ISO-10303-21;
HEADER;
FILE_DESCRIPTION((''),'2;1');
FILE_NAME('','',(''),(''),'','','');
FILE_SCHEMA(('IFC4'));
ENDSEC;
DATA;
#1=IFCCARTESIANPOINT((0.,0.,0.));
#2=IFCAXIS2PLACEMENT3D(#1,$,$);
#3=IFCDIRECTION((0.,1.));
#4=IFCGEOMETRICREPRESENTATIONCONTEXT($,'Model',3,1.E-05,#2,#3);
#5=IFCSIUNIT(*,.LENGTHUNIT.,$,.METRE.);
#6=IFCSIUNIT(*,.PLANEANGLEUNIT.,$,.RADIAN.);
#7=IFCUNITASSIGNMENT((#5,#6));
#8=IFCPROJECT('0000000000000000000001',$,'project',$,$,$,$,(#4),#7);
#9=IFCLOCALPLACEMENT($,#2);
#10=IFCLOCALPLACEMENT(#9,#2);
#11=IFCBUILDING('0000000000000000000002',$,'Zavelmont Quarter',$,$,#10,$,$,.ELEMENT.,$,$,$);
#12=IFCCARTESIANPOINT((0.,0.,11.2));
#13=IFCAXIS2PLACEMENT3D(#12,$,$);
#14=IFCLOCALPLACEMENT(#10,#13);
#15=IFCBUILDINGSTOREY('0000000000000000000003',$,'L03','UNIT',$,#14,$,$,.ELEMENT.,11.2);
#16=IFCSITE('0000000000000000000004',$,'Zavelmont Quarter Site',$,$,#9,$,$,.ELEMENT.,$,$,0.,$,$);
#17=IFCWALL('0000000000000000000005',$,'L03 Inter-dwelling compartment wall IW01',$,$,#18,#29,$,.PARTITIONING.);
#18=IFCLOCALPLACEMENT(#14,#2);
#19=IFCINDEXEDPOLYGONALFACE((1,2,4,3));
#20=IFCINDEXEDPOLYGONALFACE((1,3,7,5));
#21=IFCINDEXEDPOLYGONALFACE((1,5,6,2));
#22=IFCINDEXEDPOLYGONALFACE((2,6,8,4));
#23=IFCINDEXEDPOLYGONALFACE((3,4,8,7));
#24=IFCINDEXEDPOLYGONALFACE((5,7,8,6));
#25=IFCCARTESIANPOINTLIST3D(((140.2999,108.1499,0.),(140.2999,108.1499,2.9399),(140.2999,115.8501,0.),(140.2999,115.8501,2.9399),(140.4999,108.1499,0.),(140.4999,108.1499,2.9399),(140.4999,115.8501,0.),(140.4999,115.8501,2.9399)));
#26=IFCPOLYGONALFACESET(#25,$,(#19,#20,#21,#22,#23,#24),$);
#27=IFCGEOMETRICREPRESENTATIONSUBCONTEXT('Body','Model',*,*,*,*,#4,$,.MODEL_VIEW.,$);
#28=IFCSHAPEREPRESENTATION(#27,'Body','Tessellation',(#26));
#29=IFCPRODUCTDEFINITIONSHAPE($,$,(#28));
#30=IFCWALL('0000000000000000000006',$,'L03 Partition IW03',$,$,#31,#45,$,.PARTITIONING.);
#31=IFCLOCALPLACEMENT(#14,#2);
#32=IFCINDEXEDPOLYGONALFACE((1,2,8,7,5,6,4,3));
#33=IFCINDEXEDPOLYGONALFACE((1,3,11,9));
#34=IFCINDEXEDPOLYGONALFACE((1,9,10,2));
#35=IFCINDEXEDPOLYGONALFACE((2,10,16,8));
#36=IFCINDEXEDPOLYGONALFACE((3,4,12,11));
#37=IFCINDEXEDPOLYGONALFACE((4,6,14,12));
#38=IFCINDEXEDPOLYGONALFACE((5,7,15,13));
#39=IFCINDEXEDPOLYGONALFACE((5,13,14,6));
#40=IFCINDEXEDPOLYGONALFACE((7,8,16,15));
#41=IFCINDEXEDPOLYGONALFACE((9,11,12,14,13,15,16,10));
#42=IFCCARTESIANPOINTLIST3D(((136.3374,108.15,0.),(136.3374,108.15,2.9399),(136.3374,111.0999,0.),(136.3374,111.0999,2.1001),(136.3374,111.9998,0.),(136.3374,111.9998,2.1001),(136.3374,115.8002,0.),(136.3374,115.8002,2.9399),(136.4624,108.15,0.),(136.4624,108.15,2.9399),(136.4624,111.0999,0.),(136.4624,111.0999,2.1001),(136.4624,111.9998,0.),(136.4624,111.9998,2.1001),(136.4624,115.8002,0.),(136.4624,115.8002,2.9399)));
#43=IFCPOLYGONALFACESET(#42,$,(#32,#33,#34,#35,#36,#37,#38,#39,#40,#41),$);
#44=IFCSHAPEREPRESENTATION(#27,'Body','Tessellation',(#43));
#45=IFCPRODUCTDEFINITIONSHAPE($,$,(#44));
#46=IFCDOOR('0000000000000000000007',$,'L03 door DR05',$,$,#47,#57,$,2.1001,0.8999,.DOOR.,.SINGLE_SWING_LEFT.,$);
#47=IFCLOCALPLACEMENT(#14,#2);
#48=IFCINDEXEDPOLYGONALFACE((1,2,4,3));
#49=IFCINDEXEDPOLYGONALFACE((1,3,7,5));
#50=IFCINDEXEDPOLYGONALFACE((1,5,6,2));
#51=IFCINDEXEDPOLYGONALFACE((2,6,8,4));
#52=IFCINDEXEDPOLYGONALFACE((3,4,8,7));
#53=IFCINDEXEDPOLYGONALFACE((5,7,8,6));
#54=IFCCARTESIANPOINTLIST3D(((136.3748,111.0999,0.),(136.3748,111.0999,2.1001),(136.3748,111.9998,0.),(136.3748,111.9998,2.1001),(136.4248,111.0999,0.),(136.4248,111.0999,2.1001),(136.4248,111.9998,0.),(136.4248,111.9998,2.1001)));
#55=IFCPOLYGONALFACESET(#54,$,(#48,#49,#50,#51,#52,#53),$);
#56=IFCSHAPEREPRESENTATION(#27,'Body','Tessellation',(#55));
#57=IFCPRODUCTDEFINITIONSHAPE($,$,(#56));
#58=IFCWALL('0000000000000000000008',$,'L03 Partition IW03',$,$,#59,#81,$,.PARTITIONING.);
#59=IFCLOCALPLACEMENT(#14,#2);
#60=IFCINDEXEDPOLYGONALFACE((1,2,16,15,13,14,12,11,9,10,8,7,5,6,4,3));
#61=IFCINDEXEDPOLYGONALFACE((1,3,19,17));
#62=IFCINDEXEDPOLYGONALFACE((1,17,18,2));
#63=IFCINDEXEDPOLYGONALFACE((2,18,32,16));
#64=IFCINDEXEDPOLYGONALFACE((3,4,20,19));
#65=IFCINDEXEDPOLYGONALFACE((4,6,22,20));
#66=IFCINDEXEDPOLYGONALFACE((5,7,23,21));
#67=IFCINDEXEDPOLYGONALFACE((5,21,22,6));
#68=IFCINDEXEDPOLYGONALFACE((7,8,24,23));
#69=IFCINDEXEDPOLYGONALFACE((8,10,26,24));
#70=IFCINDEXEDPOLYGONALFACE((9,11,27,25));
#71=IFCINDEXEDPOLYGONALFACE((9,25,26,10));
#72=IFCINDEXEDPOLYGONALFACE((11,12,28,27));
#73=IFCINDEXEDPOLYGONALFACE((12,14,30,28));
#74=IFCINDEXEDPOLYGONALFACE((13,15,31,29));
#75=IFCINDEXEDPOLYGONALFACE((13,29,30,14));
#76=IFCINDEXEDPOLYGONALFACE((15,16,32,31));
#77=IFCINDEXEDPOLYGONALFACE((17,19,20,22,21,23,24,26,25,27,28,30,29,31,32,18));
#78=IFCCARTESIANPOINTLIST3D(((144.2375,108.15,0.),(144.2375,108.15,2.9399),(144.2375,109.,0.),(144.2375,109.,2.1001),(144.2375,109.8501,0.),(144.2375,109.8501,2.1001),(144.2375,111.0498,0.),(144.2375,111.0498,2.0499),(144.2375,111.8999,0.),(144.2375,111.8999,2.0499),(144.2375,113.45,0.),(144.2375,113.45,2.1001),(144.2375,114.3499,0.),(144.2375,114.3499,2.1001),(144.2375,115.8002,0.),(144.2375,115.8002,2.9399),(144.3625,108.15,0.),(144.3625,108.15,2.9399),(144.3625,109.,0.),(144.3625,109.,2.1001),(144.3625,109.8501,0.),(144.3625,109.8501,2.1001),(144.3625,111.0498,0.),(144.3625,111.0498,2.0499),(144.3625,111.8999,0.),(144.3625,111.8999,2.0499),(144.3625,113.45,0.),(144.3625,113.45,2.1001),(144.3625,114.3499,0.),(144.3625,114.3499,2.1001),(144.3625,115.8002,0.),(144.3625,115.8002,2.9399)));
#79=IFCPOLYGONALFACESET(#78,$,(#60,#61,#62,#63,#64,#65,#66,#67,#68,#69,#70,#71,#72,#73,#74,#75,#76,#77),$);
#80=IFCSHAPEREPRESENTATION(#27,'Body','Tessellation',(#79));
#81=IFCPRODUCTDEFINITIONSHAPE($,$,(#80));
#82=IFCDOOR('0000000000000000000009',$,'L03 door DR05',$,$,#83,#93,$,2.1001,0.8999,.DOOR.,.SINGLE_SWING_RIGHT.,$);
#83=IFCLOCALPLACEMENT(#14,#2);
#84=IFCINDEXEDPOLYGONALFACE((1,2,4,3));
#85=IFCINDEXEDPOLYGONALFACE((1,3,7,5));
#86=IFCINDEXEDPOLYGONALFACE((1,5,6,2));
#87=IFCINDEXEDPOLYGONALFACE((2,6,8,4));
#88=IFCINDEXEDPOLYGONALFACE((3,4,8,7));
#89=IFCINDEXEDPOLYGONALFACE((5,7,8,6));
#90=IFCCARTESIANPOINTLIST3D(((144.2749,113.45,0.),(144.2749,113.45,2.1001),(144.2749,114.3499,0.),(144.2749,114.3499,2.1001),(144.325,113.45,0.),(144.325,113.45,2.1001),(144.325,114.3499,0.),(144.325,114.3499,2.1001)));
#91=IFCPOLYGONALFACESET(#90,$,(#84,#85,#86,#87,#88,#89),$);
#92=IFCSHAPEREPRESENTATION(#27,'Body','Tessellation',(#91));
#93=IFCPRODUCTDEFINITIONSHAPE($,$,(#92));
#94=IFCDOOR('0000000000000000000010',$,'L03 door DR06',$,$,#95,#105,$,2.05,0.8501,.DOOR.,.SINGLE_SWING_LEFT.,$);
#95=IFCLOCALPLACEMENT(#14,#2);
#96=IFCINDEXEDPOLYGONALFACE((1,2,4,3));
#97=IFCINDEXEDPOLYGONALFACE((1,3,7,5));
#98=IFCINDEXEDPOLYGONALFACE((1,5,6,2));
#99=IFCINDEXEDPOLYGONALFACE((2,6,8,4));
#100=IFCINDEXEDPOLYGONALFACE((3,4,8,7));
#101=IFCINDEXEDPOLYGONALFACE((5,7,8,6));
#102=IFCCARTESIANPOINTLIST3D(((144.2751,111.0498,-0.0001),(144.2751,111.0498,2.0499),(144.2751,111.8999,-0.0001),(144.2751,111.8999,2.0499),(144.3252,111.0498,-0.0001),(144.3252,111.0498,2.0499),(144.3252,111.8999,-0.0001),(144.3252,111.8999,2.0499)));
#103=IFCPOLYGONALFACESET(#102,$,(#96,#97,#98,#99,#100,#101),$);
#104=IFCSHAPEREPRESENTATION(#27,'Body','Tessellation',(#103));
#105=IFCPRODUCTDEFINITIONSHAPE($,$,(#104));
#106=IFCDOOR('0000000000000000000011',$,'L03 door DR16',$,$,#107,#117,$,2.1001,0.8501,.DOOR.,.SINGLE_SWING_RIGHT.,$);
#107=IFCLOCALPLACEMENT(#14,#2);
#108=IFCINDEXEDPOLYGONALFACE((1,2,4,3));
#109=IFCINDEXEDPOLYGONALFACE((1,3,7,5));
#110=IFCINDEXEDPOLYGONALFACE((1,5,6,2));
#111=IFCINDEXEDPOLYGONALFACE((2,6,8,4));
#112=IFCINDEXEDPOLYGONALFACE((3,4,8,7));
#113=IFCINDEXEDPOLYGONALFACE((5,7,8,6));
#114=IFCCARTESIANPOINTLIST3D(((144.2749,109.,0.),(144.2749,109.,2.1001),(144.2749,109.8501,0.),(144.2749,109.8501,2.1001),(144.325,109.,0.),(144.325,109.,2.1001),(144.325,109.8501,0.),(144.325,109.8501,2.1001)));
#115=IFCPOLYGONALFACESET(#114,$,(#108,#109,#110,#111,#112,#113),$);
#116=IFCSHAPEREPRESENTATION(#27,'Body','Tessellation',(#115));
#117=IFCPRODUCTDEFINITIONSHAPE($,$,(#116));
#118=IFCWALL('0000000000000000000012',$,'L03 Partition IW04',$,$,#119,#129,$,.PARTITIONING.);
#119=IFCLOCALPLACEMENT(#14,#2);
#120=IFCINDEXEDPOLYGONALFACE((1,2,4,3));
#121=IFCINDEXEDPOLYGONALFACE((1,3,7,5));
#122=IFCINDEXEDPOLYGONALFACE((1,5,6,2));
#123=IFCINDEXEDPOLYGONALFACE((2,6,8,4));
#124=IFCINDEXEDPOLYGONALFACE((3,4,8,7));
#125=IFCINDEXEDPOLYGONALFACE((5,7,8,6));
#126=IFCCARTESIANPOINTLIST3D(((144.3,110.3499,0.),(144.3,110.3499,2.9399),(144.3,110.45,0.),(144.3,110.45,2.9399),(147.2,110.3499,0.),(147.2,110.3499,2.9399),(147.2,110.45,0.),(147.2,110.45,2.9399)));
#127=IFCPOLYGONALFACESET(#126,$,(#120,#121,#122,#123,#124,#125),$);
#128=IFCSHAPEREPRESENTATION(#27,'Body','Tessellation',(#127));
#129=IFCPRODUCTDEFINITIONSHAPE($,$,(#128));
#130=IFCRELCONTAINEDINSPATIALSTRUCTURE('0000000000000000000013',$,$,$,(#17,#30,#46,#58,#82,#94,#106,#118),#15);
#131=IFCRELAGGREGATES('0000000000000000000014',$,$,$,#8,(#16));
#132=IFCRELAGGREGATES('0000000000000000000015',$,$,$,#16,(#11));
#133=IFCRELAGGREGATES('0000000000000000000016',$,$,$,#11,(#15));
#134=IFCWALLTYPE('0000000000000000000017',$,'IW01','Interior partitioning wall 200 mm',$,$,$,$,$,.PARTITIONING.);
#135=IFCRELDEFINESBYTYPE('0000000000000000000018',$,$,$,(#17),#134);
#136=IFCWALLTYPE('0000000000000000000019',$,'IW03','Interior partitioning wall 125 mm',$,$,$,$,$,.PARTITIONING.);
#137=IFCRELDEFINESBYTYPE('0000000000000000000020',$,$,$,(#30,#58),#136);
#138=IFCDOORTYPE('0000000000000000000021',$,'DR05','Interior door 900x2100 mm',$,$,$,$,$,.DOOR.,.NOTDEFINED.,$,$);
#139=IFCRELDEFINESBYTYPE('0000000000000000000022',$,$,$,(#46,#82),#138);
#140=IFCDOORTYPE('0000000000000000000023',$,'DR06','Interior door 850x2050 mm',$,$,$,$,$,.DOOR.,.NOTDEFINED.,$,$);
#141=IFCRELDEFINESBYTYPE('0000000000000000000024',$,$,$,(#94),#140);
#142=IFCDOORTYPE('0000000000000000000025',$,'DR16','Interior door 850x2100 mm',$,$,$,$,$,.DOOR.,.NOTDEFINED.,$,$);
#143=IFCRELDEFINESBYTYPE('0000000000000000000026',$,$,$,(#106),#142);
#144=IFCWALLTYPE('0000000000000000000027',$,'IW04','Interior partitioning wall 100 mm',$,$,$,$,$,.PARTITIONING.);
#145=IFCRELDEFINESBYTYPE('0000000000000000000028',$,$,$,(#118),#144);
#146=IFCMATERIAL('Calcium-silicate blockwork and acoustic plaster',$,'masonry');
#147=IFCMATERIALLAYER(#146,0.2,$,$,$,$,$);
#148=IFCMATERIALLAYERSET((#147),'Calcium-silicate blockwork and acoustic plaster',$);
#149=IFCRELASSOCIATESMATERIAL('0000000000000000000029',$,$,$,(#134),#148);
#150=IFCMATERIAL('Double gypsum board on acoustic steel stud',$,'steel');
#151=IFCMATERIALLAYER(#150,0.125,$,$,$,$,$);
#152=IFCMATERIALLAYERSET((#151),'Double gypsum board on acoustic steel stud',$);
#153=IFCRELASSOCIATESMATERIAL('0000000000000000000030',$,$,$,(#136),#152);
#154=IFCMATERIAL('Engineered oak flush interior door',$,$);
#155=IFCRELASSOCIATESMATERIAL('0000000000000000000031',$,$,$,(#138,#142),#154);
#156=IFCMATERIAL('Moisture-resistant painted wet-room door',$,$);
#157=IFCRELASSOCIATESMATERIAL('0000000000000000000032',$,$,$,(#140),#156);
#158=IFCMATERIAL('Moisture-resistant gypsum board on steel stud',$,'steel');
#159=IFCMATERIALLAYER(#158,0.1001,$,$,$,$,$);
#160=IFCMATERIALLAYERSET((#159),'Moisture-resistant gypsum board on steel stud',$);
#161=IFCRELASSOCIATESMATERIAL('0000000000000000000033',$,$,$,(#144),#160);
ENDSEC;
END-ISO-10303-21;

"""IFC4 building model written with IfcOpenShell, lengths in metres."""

from ifc_helpers import new_model, si_unit, direction, frame, frame_2d, origin, origin_with_axes, place, context, subcontext, project, spatial, rectangle, extrude, material, layer, layer_set, type_object, element, fill, save


model = new_model("IFC4")

# Units and contexts
model_context = context("Model", 3, precision=1e-05, world=origin(), true_north=direction((0.0, 1.0)))
body_context = subcontext(model_context, "Body", "Model", "MODEL_VIEW")
ifc_project = project(units=[si_unit("LENGTHUNIT", "METRE"), si_unit("PLANEANGLEUNIT", "RADIAN")], contexts=[model_context])

# Site, building, storey
site_placement = place(None, origin())
site = spatial("IfcSite", under=ifc_project, at=site_placement, Name="Zavelmont Quarter Site", CompositionType="ELEMENT", RefElevation=0.0)
building_placement = place(site_placement, origin())
building = spatial("IfcBuilding", under=site, at=building_placement, Name="Zavelmont Quarter", CompositionType="ELEMENT")
storey_placement = place(building_placement, frame((0.0, 0.0, 11.2)))
storey = spatial("IfcBuildingStorey", under=building, at=storey_placement, Name="L03", Description="UNIT", CompositionType="ELEMENT", Elevation=11.2)

# Wall
ifc_material_1 = material(Name="Calcium-silicate blockwork and acoustic plaster", Category="masonry")
ifc_layer_1 = layer(ifc_material_1, 0.2)
ifc_layer_set_1 = layer_set([ifc_layer_1], Name="Calcium-silicate blockwork and acoustic plaster")
wall_type_1 = type_object("IfcWallType", Name="IW01", Description="Interior partitioning wall 200 mm", PredefinedType="PARTITIONING", material=ifc_layer_set_1)
wall_1_placement = place(storey_placement, frame((140.3999, 108.1499, 0.0), z_axis=(0.0, 0.0, 1.0), x_axis=(0.0, 1.0, 0.0)))
element("IfcWall", 1, at=wall_1_placement, inside=storey, type_object=wall_type_1, Name="L03 Inter-dwelling compartment wall IW01", PredefinedType="PARTITIONING", context=body_context, shape_type="SweptSolid", body=[
    extrude(rectangle(XDim=7.7002, YDim=0.2, at=frame_2d((3.8501, 0.0))), origin(), (0.0, 0.0, 1.0), 2.9399),
])

# Wall, opening, door
ifc_material_2 = material(Name="Double gypsum board on acoustic steel stud", Category="steel")
ifc_layer_2 = layer(ifc_material_2, 0.125)
ifc_layer_set_2 = layer_set([ifc_layer_2], Name="Double gypsum board on acoustic steel stud")
wall_type_2 = type_object("IfcWallType", Name="IW03", Description="Interior partitioning wall 125 mm", PredefinedType="PARTITIONING", material=ifc_layer_set_2)
wall_2_placement = place(storey_placement, frame((136.3999, 108.1499, 0.0), z_axis=(0.0, 0.0, 1.0), x_axis=(0.0, 1.0, 0.0)))
wall_2 = element("IfcWall", 2, at=wall_2_placement, inside=storey, type_object=wall_type_2, Name="L03 Partition IW03", PredefinedType="PARTITIONING", context=body_context, shape_type="SweptSolid", body=[
    extrude(rectangle(XDim=7.6501, YDim=0.125, at=frame_2d((3.8252, 0.0))), origin(), (0.0, 0.0, 1.0), 2.9399),
])
opening_1_placement = place(wall_2_placement, frame((2.95, 0.0, 0.0)))
opening_1 = element("IfcOpeningElement", 3, at=opening_1_placement, cuts=wall_2, PredefinedType="OPENING", context=body_context, shape_type="SweptSolid", body=[
    extrude(rectangle(XDim=0.8999, YDim=2.1001, at=frame_2d((0.45, 1.05))), frame((0.0, 0.0745, 0.0), z_axis=(0.0, -1.0, 0.0), x_axis=(1.0, 0.0, 0.0)), (0.0, 0.0, 1.0), 0.1489),
])
ifc_material_3 = material(Name="Engineered oak flush interior door")
door_type_1 = type_object("IfcDoorType", Name="DR05", Description="Interior door 900x2100 mm", OperationType="NOTDEFINED", PredefinedType="DOOR", material=ifc_material_3)
door_1_placement = place(opening_1_placement, frame((0.8999, 0.0, 0.0), z_axis=(0.0, 0.0, 1.0), x_axis=(-1.0, 0.0, 0.0)))
door_1 = element("IfcDoor", 4, at=door_1_placement, inside=storey, type_object=door_type_1, Name="L03 door DR05", OperationType="SINGLE_SWING_LEFT", OverallHeight=2.1001, OverallWidth=0.8999, PredefinedType="DOOR", context=body_context, shape_type="SweptSolid", body=[
    extrude(rectangle(XDim=0.8999, YDim=2.1001, at=frame_2d((0.45, 1.05))), frame((0.0, 0.0249, 0.0), z_axis=(0.0, -1.0, 0.0), x_axis=(1.0, 0.0, 0.0)), (0.0, 0.0, 1.0), 0.05),
])
fill(opening_1, door_1)

# Wall, openings, doors
wall_3_placement = place(storey_placement, frame((144.3, 108.1499, 0.0), z_axis=(0.0, 0.0, 1.0), x_axis=(0.0, 1.0, 0.0)))
wall_3 = element("IfcWall", 5, at=wall_3_placement, inside=storey, type_object=wall_type_2, Name="L03 Partition IW03", PredefinedType="PARTITIONING", context=body_context, shape_type="SweptSolid", body=[
    extrude(rectangle(XDim=7.6501, YDim=0.125, at=frame_2d((3.8252, 0.0))), origin(), (0.0, 0.0, 1.0), 2.9399),
])
opening_2_placement = place(wall_3_placement, frame((0.8501, 0.0, 0.0)))
opening_2 = element("IfcOpeningElement", 6, at=opening_2_placement, cuts=wall_3, PredefinedType="OPENING", context=body_context, shape_type="SweptSolid", body=[
    extrude(rectangle(XDim=0.8501, YDim=2.1001, at=frame_2d((0.425, 1.05))), frame((0.0, 0.0745, 0.0), z_axis=(0.0, -1.0, 0.0), x_axis=(1.0, 0.0, 0.0)), (0.0, 0.0, 1.0), 0.1489),
])
opening_3_placement = place(wall_3_placement, frame((2.8999, 0.0, 0.0)))
opening_3 = element("IfcOpeningElement", 7, at=opening_3_placement, cuts=wall_3, PredefinedType="OPENING", context=body_context, shape_type="SweptSolid", body=[
    extrude(rectangle(XDim=0.8501, YDim=2.05, at=frame_2d((0.425, 1.0249))), frame((0.0, 0.0745, 0.0), z_axis=(0.0, -1.0, 0.0), x_axis=(1.0, 0.0, 0.0)), (0.0, 0.0, 1.0), 0.1489),
])
opening_4_placement = place(wall_3_placement, frame((5.3, 0.0, 0.0)))
opening_4 = element("IfcOpeningElement", 8, at=opening_4_placement, cuts=wall_3, PredefinedType="OPENING", context=body_context, shape_type="SweptSolid", body=[
    extrude(rectangle(XDim=0.8999, YDim=2.1001, at=frame_2d((0.45, 1.05))), frame((0.0, 0.0745, 0.0), z_axis=(0.0, -1.0, 0.0), x_axis=(1.0, 0.0, 0.0)), (0.0, 0.0, 1.0), 0.1489),
])
door_2_placement = place(opening_4_placement, frame((0.8999, 0.0, 0.0), z_axis=(0.0, 0.0, 1.0), x_axis=(-1.0, 0.0, 0.0)))
door_2 = element("IfcDoor", 9, at=door_2_placement, inside=storey, type_object=door_type_1, Name="L03 door DR05", OperationType="SINGLE_SWING_RIGHT", OverallHeight=2.1001, OverallWidth=0.8999, PredefinedType="DOOR", context=body_context, shape_type="SweptSolid", body=[
    extrude(rectangle(XDim=0.8999, YDim=2.1001, at=frame_2d((0.45, 1.05))), frame((0.0, 0.0249, 0.0), z_axis=(0.0, -1.0, 0.0), x_axis=(1.0, 0.0, 0.0)), (0.0, 0.0, 1.0), 0.05),
])
fill(opening_4, door_2)
ifc_material_4 = material(Name="Moisture-resistant painted wet-room door")
door_type_2 = type_object("IfcDoorType", Name="DR06", Description="Interior door 850x2050 mm", OperationType="NOTDEFINED", PredefinedType="DOOR", material=ifc_material_4)
door_3_placement = place(opening_3_placement, origin_with_axes())
door_3 = element("IfcDoor", 10, at=door_3_placement, inside=storey, type_object=door_type_2, Name="L03 door DR06", OperationType="SINGLE_SWING_LEFT", OverallHeight=2.05, OverallWidth=0.8501, PredefinedType="DOOR", context=body_context, shape_type="SweptSolid", body=[
    extrude(rectangle(XDim=0.8501, YDim=2.05, at=frame_2d((0.425, 1.0249))), frame((0.0, 0.0249, 0.0), z_axis=(0.0, -1.0, 0.0), x_axis=(1.0, 0.0, 0.0)), (0.0, 0.0, 1.0), 0.05),
])
fill(opening_3, door_3)
door_type_3 = type_object("IfcDoorType", Name="DR16", Description="Interior door 850x2100 mm", OperationType="NOTDEFINED", PredefinedType="DOOR", material=ifc_material_3)
door_4_placement = place(opening_2_placement, frame((0.8501, 0.0, 0.0), z_axis=(0.0, 0.0, 1.0), x_axis=(-1.0, 0.0, 0.0)))
door_4 = element("IfcDoor", 11, at=door_4_placement, inside=storey, type_object=door_type_3, Name="L03 door DR16", OperationType="SINGLE_SWING_RIGHT", OverallHeight=2.1001, OverallWidth=0.8501, PredefinedType="DOOR", context=body_context, shape_type="SweptSolid", body=[
    extrude(rectangle(XDim=0.8501, YDim=2.1001, at=frame_2d((0.425, 1.05))), frame((0.0, 0.0249, 0.0), z_axis=(0.0, -1.0, 0.0), x_axis=(1.0, 0.0, 0.0)), (0.0, 0.0, 1.0), 0.05),
])
fill(opening_2, door_4)

# Wall
ifc_material_5 = material(Name="Moisture-resistant gypsum board on steel stud", Category="steel")
ifc_layer_3 = layer(ifc_material_5, 0.1001)
ifc_layer_set_3 = layer_set([ifc_layer_3], Name="Moisture-resistant gypsum board on steel stud")
wall_type_3 = type_object("IfcWallType", Name="IW04", Description="Interior partitioning wall 100 mm", PredefinedType="PARTITIONING", material=ifc_layer_set_3)
wall_4_placement = place(storey_placement, frame((144.3, 110.3999, 0.0), z_axis=(0.0, 0.0, 1.0), x_axis=(1.0, 0.0, 0.0)))
element("IfcWall", 12, at=wall_4_placement, inside=storey, type_object=wall_type_3, Name="L03 Partition IW04", PredefinedType="PARTITIONING", context=body_context, shape_type="SweptSolid", body=[
    extrude(rectangle(XDim=2.8999, YDim=0.1001, at=frame_2d((1.45, 0.0))), origin(), (0.0, 0.0, 1.0), 2.9399),
])

save(model, "model.ifc")
